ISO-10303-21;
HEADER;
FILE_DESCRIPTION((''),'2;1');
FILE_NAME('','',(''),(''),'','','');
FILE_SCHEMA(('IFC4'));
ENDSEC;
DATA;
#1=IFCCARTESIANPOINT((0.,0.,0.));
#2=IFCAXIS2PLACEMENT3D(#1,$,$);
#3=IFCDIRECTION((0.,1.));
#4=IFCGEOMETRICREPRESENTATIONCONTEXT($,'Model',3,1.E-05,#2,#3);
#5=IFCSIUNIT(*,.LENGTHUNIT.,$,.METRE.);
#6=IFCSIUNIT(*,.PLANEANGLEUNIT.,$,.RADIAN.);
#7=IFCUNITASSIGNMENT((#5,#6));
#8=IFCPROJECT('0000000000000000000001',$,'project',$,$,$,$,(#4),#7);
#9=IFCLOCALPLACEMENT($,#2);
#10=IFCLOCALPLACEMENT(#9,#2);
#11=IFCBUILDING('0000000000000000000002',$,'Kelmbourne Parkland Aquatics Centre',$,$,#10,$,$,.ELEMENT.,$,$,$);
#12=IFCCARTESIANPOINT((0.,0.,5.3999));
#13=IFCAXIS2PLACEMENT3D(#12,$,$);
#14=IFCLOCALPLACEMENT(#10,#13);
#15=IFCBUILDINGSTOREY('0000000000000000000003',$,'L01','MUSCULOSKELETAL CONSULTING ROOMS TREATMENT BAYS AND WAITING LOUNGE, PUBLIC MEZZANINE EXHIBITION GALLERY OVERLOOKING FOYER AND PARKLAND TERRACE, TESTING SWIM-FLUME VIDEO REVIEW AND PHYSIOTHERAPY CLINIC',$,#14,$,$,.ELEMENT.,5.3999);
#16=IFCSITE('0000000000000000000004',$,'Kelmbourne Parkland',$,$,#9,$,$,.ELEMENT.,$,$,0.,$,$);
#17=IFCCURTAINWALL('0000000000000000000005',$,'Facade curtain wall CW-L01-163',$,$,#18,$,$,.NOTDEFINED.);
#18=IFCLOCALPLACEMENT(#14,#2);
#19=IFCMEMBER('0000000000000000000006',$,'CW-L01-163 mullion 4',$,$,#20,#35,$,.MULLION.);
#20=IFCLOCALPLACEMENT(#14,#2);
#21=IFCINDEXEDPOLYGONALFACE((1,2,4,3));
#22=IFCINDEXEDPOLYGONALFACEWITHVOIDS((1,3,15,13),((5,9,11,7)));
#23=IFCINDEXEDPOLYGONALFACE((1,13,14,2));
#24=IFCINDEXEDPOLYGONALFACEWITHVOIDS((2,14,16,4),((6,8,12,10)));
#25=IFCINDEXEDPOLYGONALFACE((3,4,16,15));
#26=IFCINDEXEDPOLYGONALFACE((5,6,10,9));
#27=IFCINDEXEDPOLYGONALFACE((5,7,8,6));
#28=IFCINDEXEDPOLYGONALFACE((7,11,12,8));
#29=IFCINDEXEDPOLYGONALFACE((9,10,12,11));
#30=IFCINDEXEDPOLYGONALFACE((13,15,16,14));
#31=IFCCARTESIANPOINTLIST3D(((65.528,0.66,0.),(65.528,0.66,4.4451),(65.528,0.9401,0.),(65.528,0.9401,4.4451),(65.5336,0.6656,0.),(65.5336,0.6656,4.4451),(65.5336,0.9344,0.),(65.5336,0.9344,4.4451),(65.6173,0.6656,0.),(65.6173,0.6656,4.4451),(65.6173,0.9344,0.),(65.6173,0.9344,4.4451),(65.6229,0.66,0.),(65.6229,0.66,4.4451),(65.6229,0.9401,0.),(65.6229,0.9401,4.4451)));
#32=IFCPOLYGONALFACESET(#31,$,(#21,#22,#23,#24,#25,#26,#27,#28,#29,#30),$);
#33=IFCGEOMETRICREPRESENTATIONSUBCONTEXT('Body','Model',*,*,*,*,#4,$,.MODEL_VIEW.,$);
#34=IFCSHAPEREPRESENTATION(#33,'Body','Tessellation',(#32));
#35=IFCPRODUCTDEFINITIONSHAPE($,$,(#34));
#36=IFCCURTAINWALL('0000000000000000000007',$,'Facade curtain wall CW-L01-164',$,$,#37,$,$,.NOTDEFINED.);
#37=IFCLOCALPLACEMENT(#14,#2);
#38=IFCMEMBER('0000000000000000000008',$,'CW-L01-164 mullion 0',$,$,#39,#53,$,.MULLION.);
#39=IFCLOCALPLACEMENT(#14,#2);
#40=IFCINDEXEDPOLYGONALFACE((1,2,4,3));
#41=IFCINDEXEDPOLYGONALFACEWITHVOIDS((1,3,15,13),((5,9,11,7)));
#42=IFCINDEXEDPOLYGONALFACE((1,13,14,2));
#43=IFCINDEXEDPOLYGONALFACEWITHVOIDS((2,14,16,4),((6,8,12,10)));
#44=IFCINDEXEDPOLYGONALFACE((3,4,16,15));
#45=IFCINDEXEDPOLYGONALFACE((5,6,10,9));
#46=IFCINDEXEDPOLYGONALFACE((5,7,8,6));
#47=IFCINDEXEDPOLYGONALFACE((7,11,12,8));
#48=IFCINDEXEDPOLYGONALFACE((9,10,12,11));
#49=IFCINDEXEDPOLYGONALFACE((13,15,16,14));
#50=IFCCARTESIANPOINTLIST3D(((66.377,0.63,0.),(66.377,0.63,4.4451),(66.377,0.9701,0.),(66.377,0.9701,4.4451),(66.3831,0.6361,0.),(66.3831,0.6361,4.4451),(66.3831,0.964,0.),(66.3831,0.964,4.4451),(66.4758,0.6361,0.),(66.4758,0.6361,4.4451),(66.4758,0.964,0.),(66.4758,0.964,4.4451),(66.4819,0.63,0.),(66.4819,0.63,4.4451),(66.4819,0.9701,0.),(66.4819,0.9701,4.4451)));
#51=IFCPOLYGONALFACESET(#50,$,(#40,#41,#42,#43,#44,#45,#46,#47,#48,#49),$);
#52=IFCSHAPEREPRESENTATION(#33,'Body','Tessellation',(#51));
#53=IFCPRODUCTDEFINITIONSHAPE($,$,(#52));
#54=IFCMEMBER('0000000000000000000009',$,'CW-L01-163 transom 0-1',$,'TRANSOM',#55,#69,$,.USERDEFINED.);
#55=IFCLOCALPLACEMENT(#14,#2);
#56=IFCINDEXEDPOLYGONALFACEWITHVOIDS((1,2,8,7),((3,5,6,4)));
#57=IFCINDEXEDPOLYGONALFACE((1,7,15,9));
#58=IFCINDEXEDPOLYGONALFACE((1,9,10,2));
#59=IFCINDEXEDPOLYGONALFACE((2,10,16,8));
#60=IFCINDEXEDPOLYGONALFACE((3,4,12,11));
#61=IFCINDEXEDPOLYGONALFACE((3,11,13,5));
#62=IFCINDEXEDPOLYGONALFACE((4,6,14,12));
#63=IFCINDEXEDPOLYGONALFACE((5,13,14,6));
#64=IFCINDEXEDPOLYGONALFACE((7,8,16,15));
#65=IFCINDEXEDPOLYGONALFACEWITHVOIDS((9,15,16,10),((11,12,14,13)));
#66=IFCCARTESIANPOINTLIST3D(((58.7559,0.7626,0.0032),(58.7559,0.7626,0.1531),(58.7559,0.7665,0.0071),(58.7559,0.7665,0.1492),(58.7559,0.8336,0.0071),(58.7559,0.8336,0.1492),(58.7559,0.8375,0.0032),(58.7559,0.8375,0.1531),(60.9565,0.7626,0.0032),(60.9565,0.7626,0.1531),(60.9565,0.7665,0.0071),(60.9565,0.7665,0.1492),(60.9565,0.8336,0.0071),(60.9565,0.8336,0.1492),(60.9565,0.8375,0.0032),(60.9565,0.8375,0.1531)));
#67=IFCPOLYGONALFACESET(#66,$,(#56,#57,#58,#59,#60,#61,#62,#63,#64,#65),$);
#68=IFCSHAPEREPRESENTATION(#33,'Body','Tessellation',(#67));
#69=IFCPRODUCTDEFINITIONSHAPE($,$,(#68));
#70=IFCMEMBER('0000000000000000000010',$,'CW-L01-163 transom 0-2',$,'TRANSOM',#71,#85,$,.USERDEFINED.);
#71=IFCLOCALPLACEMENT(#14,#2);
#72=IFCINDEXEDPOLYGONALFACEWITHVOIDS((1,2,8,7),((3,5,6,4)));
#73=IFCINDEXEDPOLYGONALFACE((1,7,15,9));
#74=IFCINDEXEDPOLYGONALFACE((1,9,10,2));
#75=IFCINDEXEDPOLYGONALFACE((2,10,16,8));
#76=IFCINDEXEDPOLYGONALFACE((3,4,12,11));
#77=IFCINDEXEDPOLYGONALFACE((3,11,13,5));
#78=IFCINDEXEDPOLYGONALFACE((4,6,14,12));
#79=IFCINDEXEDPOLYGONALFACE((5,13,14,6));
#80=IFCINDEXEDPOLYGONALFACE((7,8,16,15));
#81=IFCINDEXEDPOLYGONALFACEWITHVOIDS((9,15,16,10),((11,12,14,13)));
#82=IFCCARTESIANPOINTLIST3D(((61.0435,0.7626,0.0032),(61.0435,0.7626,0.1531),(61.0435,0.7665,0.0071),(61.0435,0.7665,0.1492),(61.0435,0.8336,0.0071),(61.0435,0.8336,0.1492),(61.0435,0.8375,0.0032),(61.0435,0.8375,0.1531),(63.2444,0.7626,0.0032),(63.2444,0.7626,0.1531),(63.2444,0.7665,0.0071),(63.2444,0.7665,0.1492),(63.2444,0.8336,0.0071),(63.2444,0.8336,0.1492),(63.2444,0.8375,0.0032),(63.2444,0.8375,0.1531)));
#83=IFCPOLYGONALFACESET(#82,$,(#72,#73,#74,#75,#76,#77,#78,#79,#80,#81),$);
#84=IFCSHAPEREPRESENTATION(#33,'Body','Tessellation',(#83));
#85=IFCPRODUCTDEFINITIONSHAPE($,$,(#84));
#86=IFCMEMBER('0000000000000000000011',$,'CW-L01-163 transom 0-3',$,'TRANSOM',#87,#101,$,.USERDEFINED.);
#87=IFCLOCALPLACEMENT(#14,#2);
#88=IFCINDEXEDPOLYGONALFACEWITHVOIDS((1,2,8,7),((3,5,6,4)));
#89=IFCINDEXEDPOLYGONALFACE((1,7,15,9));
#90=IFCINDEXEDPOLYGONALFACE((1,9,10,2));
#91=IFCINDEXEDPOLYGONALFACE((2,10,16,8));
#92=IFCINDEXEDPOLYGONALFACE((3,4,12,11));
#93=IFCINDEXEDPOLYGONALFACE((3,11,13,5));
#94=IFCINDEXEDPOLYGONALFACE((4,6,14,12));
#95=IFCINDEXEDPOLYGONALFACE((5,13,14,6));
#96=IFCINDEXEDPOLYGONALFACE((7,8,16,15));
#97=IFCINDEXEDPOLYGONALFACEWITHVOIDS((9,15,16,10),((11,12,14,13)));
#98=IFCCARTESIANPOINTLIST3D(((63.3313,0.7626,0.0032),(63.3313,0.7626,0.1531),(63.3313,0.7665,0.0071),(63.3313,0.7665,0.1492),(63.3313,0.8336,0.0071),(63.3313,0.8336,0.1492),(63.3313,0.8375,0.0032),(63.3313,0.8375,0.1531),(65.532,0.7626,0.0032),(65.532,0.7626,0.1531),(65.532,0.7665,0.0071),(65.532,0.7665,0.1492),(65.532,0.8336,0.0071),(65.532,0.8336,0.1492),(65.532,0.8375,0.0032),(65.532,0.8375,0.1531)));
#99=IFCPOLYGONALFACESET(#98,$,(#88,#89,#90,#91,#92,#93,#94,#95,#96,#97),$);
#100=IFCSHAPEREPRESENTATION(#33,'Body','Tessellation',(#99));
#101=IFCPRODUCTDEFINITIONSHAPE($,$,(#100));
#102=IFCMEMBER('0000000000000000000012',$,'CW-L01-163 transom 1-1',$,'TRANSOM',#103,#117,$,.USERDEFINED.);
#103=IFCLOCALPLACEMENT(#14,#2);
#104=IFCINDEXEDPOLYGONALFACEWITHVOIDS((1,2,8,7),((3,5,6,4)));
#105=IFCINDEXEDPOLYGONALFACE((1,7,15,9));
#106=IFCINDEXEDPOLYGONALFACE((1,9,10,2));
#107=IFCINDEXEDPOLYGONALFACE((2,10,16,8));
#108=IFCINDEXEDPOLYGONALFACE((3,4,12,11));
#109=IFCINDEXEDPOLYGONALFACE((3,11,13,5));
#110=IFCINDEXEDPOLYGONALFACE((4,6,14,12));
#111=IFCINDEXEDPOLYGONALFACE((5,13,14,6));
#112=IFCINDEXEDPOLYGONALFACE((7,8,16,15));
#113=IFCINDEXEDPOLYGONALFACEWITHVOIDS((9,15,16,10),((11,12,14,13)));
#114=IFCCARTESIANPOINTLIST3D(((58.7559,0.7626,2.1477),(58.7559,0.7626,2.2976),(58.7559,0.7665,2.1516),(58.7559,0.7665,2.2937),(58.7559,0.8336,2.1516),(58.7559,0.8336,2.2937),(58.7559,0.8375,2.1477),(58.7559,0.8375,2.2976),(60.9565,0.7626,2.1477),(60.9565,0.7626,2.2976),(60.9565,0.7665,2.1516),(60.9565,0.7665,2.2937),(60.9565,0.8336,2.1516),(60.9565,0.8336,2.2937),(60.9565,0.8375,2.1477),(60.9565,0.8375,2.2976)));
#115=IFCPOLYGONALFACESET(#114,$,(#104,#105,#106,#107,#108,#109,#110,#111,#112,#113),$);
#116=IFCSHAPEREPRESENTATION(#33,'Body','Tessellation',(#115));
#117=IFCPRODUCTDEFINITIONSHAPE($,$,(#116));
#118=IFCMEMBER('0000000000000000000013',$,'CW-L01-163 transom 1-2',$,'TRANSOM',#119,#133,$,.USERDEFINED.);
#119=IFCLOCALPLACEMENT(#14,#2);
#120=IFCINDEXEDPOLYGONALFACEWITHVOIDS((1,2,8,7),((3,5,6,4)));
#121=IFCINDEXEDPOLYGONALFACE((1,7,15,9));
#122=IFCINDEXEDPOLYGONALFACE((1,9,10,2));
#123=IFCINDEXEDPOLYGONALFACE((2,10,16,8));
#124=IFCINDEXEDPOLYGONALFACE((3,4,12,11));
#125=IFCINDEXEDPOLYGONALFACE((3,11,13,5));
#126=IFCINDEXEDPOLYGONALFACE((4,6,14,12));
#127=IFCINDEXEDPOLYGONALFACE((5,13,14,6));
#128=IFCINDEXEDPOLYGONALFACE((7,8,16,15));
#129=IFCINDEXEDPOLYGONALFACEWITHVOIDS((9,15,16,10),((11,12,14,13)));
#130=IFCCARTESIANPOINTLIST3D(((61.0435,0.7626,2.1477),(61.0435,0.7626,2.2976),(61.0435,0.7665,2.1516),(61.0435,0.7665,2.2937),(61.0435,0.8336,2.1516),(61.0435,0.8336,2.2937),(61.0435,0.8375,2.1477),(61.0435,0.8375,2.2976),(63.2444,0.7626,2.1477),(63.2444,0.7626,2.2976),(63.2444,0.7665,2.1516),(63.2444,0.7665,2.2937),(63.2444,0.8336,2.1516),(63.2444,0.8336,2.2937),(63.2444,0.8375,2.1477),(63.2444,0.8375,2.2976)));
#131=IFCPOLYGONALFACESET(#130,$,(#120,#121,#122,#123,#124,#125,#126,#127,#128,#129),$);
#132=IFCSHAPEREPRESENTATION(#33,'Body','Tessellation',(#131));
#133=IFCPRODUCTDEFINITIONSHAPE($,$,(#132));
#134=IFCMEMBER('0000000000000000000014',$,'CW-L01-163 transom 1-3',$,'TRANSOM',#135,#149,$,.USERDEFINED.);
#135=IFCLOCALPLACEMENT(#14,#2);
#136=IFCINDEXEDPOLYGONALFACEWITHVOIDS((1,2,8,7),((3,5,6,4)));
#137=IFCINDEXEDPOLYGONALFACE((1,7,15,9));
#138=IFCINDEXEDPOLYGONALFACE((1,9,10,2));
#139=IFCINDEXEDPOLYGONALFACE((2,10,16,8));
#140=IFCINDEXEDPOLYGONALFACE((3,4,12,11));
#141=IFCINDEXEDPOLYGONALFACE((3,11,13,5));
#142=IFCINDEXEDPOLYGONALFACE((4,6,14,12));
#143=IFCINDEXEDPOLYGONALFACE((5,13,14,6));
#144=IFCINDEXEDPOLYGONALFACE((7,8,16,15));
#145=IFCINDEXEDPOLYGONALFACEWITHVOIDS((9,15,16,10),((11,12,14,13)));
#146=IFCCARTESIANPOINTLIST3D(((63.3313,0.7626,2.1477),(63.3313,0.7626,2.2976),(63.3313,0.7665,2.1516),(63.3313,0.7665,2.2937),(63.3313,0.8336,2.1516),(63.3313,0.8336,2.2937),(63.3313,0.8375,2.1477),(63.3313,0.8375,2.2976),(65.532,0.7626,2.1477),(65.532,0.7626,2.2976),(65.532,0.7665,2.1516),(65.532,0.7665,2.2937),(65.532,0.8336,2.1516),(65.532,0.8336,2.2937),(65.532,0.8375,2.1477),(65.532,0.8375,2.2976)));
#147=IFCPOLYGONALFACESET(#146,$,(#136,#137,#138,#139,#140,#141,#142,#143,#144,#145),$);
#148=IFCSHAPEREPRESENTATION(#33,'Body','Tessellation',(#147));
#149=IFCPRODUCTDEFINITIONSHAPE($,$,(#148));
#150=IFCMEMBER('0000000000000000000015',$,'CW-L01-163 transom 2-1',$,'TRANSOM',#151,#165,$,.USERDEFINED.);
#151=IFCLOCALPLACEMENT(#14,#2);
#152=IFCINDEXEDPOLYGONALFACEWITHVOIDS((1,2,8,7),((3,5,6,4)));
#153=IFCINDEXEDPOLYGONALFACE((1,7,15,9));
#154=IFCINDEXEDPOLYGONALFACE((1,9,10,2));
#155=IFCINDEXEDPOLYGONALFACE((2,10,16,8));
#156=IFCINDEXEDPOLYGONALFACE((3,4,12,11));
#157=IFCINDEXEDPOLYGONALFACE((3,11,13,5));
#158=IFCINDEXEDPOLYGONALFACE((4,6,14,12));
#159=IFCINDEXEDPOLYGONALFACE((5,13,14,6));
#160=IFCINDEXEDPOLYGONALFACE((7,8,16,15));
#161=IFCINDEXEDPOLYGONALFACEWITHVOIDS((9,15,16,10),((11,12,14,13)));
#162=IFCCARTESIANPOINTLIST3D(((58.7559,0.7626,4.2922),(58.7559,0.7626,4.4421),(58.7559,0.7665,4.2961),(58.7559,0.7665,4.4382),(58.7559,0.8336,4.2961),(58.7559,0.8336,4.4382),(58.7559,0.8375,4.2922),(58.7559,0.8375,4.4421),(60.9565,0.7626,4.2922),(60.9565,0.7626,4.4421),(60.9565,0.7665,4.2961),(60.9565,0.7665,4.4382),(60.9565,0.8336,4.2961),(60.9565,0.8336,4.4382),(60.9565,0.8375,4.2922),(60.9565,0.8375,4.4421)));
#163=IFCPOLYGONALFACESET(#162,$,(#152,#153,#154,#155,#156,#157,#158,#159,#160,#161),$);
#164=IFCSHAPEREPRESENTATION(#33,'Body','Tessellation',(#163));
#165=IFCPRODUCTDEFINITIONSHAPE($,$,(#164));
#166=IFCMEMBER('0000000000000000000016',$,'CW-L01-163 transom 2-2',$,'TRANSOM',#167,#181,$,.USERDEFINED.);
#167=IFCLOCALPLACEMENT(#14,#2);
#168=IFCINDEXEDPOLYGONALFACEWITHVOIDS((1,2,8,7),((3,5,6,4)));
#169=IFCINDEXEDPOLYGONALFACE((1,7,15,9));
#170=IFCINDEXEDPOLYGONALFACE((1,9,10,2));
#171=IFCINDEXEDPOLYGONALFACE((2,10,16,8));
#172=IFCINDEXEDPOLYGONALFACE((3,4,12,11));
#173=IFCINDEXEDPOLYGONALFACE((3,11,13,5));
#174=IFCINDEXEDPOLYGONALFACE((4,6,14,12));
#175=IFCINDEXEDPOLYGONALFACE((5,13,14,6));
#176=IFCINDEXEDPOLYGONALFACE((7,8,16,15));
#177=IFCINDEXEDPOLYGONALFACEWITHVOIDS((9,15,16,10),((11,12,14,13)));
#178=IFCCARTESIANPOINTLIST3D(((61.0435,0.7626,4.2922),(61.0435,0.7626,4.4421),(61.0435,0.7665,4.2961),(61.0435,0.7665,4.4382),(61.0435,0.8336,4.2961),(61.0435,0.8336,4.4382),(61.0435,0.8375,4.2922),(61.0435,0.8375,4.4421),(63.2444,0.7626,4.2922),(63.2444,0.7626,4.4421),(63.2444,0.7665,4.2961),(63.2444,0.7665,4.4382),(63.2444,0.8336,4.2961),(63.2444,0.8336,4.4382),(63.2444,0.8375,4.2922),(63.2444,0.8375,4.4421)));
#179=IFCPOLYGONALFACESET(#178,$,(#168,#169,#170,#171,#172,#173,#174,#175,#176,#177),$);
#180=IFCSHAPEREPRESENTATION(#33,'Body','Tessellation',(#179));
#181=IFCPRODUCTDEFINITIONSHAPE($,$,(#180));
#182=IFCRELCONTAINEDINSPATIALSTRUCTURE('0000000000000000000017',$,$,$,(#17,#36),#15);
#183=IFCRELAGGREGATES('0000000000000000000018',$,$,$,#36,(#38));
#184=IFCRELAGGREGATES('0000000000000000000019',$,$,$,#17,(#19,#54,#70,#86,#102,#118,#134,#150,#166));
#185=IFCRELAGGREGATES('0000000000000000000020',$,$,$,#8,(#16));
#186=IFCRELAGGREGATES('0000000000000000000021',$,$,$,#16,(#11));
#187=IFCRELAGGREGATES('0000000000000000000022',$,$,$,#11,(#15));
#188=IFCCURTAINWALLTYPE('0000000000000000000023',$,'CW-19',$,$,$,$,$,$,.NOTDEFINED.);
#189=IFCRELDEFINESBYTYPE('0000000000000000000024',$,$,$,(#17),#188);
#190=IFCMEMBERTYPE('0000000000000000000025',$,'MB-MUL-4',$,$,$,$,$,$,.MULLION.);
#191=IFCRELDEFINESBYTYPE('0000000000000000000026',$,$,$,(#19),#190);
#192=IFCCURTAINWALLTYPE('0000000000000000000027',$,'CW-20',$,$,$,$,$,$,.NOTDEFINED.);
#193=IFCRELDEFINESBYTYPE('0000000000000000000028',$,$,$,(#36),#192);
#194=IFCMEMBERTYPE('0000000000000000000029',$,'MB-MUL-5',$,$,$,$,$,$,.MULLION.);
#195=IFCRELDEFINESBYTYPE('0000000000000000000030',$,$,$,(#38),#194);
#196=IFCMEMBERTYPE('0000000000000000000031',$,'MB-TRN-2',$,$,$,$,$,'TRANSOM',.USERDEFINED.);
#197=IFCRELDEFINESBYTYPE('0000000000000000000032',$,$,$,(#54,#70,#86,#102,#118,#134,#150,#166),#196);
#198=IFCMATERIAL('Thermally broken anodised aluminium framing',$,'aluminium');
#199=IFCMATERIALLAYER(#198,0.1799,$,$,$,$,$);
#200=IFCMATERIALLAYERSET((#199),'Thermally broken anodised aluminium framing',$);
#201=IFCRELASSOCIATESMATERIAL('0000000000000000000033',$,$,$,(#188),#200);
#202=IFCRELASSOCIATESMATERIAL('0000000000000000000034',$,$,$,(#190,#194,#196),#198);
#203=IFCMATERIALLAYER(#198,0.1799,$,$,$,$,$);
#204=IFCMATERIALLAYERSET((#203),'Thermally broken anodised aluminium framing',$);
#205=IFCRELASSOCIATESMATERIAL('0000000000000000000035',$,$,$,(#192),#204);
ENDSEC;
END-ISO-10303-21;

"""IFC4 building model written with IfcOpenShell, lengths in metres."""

from ifc_helpers import new_model, si_unit, direction, frame, origin, origin_2d, place, context, subcontext, project, spatial, hollow_rectangle, extrude, material, layer, layer_set, material_profile, profile_set, type_object, element, aggregate, save


model = new_model("IFC4")

# Units and contexts
model_context = context("Model", 3, precision=1e-05, world=origin(), true_north=direction((0.0, 1.0)))
body_context = subcontext(model_context, "Body", "Model", "MODEL_VIEW")
ifc_project = project(units=[si_unit("LENGTHUNIT", "METRE"), si_unit("PLANEANGLEUNIT", "RADIAN")], contexts=[model_context])

# Site, building, storey
site_placement = place(None, origin())
site = spatial("IfcSite", under=ifc_project, at=site_placement, Name="Kelmbourne Parkland", CompositionType="ELEMENT", RefElevation=0.0)
building_placement = place(site_placement, origin())
building = spatial("IfcBuilding", under=site, at=building_placement, Name="Kelmbourne Parkland Aquatics Centre", CompositionType="ELEMENT")
storey_placement = place(building_placement, frame((0.0, 0.0, 5.3999)))
storey = spatial("IfcBuildingStorey", under=building, at=storey_placement, Name="L01", Description="MUSCULOSKELETAL CONSULTING ROOMS TREATMENT BAYS AND WAITING LOUNGE, PUBLIC MEZZANINE EXHIBITION GALLERY OVERLOOKING FOYER AND PARKLAND TERRACE, TESTING SWIM-FLUME VIDEO REVIEW AND PHYSIOTHERAPY CLINIC", CompositionType="ELEMENT", Elevation=5.3999)

# Curtain wall, member
ifc_material_1 = material(Name="Thermally broken anodised aluminium framing", Category="aluminium")
ifc_layer_1 = layer(ifc_material_1, 0.1799)
ifc_layer_set_1 = layer_set([ifc_layer_1], Name="Thermally broken anodised aluminium framing")
curtain_wall_type_1 = type_object("IfcCurtainWallType", Name="CW-19", PredefinedType="NOTDEFINED", material=ifc_layer_set_1)
curtain_wall_1_placement = place(storey_placement, origin())
curtain_wall_1 = element("IfcCurtainWall", 1, at=curtain_wall_1_placement, inside=storey, type_object=curtain_wall_type_1, Name="Facade curtain wall CW-L01-163", PredefinedType="NOTDEFINED")
ifc_material_profile_1 = material_profile(ifc_material_1, hollow_rectangle(XDim=0.095, YDim=0.28, WallThickness=0.0056, at=origin_2d()), Name="CW-M 95x280")
ifc_profile_set_1 = profile_set([ifc_material_profile_1], Name="Thermally broken anodised aluminium framing")
member_type_1 = type_object("IfcMemberType", Name="MB-MUL-4", PredefinedType="MULLION", material=ifc_profile_set_1)
member_1_placement = place(storey_placement, frame((65.5754, 0.8, 0.0), z_axis=(0.0, 0.0, 1.0), x_axis=(1.0, 0.0, 0.0)))
member_1 = element("IfcMember", 2, at=member_1_placement, type_object=member_type_1, Name="CW-L01-163 mullion 4", PredefinedType="MULLION", context=body_context, shape_type="SweptSolid", body=[
    extrude(hollow_rectangle(XDim=0.095, YDim=0.28, WallThickness=0.0056, at=origin_2d()), origin(), (0.0, 0.0, 1.0), 4.4451),
])

# Curtain wall, member
ifc_layer_2 = layer(ifc_material_1, 0.1799)
ifc_layer_set_2 = layer_set([ifc_layer_2], Name="Thermally broken anodised aluminium framing")
curtain_wall_type_2 = type_object("IfcCurtainWallType", Name="CW-20", PredefinedType="NOTDEFINED", material=ifc_layer_set_2)
curtain_wall_2_placement = place(storey_placement, origin())
curtain_wall_2 = element("IfcCurtainWall", 3, at=curtain_wall_2_placement, inside=storey, type_object=curtain_wall_type_2, Name="Facade curtain wall CW-L01-164", PredefinedType="NOTDEFINED")
ifc_material_profile_2 = material_profile(ifc_material_1, hollow_rectangle(XDim=0.105, YDim=0.3401, WallThickness=0.0061, at=origin_2d()), Name="CW-M 105x340")
ifc_profile_set_2 = profile_set([ifc_material_profile_2], Name="Thermally broken anodised aluminium framing")
member_type_2 = type_object("IfcMemberType", Name="MB-MUL-5", PredefinedType="MULLION", material=ifc_profile_set_2)
member_2_placement = place(storey_placement, frame((66.4294, 0.8, 0.0), z_axis=(0.0, 0.0, 1.0), x_axis=(1.0, 0.0, 0.0)))
member_2 = element("IfcMember", 4, at=member_2_placement, type_object=member_type_2, Name="CW-L01-164 mullion 0", PredefinedType="MULLION", context=body_context, shape_type="SweptSolid", body=[
    extrude(hollow_rectangle(XDim=0.105, YDim=0.3401, WallThickness=0.0061, at=origin_2d()), origin(), (0.0, 0.0, 1.0), 4.4451),
])

# Members
ifc_material_profile_3 = material_profile(ifc_material_1, hollow_rectangle(XDim=0.075, YDim=0.1499, WallThickness=0.0039, at=origin_2d()), Name="CW-T 75x150")
ifc_profile_set_3 = profile_set([ifc_material_profile_3], Name="Thermally broken anodised aluminium framing")
member_type_3 = type_object("IfcMemberType", Name="MB-TRN-2", ElementType="TRANSOM", PredefinedType="USERDEFINED", material=ifc_profile_set_3)
member_3_placement = place(storey_placement, frame((58.7559, 0.8, 0.0781), z_axis=(1.0, 0.0, 0.0), x_axis=(0.0, 1.0, 0.0)))
member_3 = element("IfcMember", 5, at=member_3_placement, type_object=member_type_3, Name="CW-L01-163 transom 0-1", ObjectType="TRANSOM", PredefinedType="USERDEFINED", context=body_context, shape_type="SweptSolid", body=[
    extrude(hollow_rectangle(XDim=0.075, YDim=0.1499, WallThickness=0.0039, at=origin_2d()), origin(), (0.0, 0.0, 1.0), 2.2007),
])
member_4_placement = place(storey_placement, frame((61.0435, 0.8, 0.0781), z_axis=(1.0, 0.0, 0.0), x_axis=(0.0, 1.0, 0.0)))
member_4 = element("IfcMember", 6, at=member_4_placement, type_object=member_type_3, Name="CW-L01-163 transom 0-2", ObjectType="TRANSOM", PredefinedType="USERDEFINED", context=body_context, shape_type="SweptSolid", body=[
    extrude(hollow_rectangle(XDim=0.075, YDim=0.1499, WallThickness=0.0039, at=origin_2d()), origin(), (0.0, 0.0, 1.0), 2.2009),
])
member_5_placement = place(storey_placement, frame((63.3313, 0.8, 0.0781), z_axis=(1.0, 0.0, 0.0), x_axis=(0.0, 1.0, 0.0)))
member_5 = element("IfcMember", 7, at=member_5_placement, type_object=member_type_3, Name="CW-L01-163 transom 0-3", ObjectType="TRANSOM", PredefinedType="USERDEFINED", context=body_context, shape_type="SweptSolid", body=[
    extrude(hollow_rectangle(XDim=0.075, YDim=0.1499, WallThickness=0.0039, at=origin_2d()), origin(), (0.0, 0.0, 1.0), 2.2007),
])
member_6_placement = place(storey_placement, frame((58.7559, 0.8, 2.2227), z_axis=(1.0, 0.0, 0.0), x_axis=(0.0, 1.0, 0.0)))
member_6 = element("IfcMember", 8, at=member_6_placement, type_object=member_type_3, Name="CW-L01-163 transom 1-1", ObjectType="TRANSOM", PredefinedType="USERDEFINED", context=body_context, shape_type="SweptSolid", body=[
    extrude(hollow_rectangle(XDim=0.075, YDim=0.1499, WallThickness=0.0039, at=origin_2d()), origin(), (0.0, 0.0, 1.0), 2.2007),
])
member_7_placement = place(storey_placement, frame((61.0435, 0.8, 2.2227), z_axis=(1.0, 0.0, 0.0), x_axis=(0.0, 1.0, 0.0)))
member_7 = element("IfcMember", 9, at=member_7_placement, type_object=member_type_3, Name="CW-L01-163 transom 1-2", ObjectType="TRANSOM", PredefinedType="USERDEFINED", context=body_context, shape_type="SweptSolid", body=[
    extrude(hollow_rectangle(XDim=0.075, YDim=0.1499, WallThickness=0.0039, at=origin_2d()), origin(), (0.0, 0.0, 1.0), 2.2009),
])
member_8_placement = place(storey_placement, frame((63.3313, 0.8, 2.2227), z_axis=(1.0, 0.0, 0.0), x_axis=(0.0, 1.0, 0.0)))
member_8 = element("IfcMember", 10, at=member_8_placement, type_object=member_type_3, Name="CW-L01-163 transom 1-3", ObjectType="TRANSOM", PredefinedType="USERDEFINED", context=body_context, shape_type="SweptSolid", body=[
    extrude(hollow_rectangle(XDim=0.075, YDim=0.1499, WallThickness=0.0039, at=origin_2d()), origin(), (0.0, 0.0, 1.0), 2.2007),
])
member_9_placement = place(storey_placement, frame((58.7559, 0.8, 4.3672), z_axis=(1.0, 0.0, 0.0), x_axis=(0.0, 1.0, 0.0)))
member_9 = element("IfcMember", 11, at=member_9_placement, type_object=member_type_3, Name="CW-L01-163 transom 2-1", ObjectType="TRANSOM", PredefinedType="USERDEFINED", context=body_context, shape_type="SweptSolid", body=[
    extrude(hollow_rectangle(XDim=0.075, YDim=0.1499, WallThickness=0.0039, at=origin_2d()), origin(), (0.0, 0.0, 1.0), 2.2007),
])
member_10_placement = place(storey_placement, frame((61.0435, 0.8, 4.3672), z_axis=(1.0, 0.0, 0.0), x_axis=(0.0, 1.0, 0.0)))
member_10 = element("IfcMember", 12, at=member_10_placement, type_object=member_type_3, Name="CW-L01-163 transom 2-2", ObjectType="TRANSOM", PredefinedType="USERDEFINED", context=body_context, shape_type="SweptSolid", body=[
    extrude(hollow_rectangle(XDim=0.075, YDim=0.1499, WallThickness=0.0039, at=origin_2d()), origin(), (0.0, 0.0, 1.0), 2.2009),
])
aggregate(curtain_wall_2, [member_2])

aggregate(curtain_wall_1, [member_1, member_3, member_4, member_5, member_6, member_7, member_8, member_9, member_10])

save(model, "model.ifc")
